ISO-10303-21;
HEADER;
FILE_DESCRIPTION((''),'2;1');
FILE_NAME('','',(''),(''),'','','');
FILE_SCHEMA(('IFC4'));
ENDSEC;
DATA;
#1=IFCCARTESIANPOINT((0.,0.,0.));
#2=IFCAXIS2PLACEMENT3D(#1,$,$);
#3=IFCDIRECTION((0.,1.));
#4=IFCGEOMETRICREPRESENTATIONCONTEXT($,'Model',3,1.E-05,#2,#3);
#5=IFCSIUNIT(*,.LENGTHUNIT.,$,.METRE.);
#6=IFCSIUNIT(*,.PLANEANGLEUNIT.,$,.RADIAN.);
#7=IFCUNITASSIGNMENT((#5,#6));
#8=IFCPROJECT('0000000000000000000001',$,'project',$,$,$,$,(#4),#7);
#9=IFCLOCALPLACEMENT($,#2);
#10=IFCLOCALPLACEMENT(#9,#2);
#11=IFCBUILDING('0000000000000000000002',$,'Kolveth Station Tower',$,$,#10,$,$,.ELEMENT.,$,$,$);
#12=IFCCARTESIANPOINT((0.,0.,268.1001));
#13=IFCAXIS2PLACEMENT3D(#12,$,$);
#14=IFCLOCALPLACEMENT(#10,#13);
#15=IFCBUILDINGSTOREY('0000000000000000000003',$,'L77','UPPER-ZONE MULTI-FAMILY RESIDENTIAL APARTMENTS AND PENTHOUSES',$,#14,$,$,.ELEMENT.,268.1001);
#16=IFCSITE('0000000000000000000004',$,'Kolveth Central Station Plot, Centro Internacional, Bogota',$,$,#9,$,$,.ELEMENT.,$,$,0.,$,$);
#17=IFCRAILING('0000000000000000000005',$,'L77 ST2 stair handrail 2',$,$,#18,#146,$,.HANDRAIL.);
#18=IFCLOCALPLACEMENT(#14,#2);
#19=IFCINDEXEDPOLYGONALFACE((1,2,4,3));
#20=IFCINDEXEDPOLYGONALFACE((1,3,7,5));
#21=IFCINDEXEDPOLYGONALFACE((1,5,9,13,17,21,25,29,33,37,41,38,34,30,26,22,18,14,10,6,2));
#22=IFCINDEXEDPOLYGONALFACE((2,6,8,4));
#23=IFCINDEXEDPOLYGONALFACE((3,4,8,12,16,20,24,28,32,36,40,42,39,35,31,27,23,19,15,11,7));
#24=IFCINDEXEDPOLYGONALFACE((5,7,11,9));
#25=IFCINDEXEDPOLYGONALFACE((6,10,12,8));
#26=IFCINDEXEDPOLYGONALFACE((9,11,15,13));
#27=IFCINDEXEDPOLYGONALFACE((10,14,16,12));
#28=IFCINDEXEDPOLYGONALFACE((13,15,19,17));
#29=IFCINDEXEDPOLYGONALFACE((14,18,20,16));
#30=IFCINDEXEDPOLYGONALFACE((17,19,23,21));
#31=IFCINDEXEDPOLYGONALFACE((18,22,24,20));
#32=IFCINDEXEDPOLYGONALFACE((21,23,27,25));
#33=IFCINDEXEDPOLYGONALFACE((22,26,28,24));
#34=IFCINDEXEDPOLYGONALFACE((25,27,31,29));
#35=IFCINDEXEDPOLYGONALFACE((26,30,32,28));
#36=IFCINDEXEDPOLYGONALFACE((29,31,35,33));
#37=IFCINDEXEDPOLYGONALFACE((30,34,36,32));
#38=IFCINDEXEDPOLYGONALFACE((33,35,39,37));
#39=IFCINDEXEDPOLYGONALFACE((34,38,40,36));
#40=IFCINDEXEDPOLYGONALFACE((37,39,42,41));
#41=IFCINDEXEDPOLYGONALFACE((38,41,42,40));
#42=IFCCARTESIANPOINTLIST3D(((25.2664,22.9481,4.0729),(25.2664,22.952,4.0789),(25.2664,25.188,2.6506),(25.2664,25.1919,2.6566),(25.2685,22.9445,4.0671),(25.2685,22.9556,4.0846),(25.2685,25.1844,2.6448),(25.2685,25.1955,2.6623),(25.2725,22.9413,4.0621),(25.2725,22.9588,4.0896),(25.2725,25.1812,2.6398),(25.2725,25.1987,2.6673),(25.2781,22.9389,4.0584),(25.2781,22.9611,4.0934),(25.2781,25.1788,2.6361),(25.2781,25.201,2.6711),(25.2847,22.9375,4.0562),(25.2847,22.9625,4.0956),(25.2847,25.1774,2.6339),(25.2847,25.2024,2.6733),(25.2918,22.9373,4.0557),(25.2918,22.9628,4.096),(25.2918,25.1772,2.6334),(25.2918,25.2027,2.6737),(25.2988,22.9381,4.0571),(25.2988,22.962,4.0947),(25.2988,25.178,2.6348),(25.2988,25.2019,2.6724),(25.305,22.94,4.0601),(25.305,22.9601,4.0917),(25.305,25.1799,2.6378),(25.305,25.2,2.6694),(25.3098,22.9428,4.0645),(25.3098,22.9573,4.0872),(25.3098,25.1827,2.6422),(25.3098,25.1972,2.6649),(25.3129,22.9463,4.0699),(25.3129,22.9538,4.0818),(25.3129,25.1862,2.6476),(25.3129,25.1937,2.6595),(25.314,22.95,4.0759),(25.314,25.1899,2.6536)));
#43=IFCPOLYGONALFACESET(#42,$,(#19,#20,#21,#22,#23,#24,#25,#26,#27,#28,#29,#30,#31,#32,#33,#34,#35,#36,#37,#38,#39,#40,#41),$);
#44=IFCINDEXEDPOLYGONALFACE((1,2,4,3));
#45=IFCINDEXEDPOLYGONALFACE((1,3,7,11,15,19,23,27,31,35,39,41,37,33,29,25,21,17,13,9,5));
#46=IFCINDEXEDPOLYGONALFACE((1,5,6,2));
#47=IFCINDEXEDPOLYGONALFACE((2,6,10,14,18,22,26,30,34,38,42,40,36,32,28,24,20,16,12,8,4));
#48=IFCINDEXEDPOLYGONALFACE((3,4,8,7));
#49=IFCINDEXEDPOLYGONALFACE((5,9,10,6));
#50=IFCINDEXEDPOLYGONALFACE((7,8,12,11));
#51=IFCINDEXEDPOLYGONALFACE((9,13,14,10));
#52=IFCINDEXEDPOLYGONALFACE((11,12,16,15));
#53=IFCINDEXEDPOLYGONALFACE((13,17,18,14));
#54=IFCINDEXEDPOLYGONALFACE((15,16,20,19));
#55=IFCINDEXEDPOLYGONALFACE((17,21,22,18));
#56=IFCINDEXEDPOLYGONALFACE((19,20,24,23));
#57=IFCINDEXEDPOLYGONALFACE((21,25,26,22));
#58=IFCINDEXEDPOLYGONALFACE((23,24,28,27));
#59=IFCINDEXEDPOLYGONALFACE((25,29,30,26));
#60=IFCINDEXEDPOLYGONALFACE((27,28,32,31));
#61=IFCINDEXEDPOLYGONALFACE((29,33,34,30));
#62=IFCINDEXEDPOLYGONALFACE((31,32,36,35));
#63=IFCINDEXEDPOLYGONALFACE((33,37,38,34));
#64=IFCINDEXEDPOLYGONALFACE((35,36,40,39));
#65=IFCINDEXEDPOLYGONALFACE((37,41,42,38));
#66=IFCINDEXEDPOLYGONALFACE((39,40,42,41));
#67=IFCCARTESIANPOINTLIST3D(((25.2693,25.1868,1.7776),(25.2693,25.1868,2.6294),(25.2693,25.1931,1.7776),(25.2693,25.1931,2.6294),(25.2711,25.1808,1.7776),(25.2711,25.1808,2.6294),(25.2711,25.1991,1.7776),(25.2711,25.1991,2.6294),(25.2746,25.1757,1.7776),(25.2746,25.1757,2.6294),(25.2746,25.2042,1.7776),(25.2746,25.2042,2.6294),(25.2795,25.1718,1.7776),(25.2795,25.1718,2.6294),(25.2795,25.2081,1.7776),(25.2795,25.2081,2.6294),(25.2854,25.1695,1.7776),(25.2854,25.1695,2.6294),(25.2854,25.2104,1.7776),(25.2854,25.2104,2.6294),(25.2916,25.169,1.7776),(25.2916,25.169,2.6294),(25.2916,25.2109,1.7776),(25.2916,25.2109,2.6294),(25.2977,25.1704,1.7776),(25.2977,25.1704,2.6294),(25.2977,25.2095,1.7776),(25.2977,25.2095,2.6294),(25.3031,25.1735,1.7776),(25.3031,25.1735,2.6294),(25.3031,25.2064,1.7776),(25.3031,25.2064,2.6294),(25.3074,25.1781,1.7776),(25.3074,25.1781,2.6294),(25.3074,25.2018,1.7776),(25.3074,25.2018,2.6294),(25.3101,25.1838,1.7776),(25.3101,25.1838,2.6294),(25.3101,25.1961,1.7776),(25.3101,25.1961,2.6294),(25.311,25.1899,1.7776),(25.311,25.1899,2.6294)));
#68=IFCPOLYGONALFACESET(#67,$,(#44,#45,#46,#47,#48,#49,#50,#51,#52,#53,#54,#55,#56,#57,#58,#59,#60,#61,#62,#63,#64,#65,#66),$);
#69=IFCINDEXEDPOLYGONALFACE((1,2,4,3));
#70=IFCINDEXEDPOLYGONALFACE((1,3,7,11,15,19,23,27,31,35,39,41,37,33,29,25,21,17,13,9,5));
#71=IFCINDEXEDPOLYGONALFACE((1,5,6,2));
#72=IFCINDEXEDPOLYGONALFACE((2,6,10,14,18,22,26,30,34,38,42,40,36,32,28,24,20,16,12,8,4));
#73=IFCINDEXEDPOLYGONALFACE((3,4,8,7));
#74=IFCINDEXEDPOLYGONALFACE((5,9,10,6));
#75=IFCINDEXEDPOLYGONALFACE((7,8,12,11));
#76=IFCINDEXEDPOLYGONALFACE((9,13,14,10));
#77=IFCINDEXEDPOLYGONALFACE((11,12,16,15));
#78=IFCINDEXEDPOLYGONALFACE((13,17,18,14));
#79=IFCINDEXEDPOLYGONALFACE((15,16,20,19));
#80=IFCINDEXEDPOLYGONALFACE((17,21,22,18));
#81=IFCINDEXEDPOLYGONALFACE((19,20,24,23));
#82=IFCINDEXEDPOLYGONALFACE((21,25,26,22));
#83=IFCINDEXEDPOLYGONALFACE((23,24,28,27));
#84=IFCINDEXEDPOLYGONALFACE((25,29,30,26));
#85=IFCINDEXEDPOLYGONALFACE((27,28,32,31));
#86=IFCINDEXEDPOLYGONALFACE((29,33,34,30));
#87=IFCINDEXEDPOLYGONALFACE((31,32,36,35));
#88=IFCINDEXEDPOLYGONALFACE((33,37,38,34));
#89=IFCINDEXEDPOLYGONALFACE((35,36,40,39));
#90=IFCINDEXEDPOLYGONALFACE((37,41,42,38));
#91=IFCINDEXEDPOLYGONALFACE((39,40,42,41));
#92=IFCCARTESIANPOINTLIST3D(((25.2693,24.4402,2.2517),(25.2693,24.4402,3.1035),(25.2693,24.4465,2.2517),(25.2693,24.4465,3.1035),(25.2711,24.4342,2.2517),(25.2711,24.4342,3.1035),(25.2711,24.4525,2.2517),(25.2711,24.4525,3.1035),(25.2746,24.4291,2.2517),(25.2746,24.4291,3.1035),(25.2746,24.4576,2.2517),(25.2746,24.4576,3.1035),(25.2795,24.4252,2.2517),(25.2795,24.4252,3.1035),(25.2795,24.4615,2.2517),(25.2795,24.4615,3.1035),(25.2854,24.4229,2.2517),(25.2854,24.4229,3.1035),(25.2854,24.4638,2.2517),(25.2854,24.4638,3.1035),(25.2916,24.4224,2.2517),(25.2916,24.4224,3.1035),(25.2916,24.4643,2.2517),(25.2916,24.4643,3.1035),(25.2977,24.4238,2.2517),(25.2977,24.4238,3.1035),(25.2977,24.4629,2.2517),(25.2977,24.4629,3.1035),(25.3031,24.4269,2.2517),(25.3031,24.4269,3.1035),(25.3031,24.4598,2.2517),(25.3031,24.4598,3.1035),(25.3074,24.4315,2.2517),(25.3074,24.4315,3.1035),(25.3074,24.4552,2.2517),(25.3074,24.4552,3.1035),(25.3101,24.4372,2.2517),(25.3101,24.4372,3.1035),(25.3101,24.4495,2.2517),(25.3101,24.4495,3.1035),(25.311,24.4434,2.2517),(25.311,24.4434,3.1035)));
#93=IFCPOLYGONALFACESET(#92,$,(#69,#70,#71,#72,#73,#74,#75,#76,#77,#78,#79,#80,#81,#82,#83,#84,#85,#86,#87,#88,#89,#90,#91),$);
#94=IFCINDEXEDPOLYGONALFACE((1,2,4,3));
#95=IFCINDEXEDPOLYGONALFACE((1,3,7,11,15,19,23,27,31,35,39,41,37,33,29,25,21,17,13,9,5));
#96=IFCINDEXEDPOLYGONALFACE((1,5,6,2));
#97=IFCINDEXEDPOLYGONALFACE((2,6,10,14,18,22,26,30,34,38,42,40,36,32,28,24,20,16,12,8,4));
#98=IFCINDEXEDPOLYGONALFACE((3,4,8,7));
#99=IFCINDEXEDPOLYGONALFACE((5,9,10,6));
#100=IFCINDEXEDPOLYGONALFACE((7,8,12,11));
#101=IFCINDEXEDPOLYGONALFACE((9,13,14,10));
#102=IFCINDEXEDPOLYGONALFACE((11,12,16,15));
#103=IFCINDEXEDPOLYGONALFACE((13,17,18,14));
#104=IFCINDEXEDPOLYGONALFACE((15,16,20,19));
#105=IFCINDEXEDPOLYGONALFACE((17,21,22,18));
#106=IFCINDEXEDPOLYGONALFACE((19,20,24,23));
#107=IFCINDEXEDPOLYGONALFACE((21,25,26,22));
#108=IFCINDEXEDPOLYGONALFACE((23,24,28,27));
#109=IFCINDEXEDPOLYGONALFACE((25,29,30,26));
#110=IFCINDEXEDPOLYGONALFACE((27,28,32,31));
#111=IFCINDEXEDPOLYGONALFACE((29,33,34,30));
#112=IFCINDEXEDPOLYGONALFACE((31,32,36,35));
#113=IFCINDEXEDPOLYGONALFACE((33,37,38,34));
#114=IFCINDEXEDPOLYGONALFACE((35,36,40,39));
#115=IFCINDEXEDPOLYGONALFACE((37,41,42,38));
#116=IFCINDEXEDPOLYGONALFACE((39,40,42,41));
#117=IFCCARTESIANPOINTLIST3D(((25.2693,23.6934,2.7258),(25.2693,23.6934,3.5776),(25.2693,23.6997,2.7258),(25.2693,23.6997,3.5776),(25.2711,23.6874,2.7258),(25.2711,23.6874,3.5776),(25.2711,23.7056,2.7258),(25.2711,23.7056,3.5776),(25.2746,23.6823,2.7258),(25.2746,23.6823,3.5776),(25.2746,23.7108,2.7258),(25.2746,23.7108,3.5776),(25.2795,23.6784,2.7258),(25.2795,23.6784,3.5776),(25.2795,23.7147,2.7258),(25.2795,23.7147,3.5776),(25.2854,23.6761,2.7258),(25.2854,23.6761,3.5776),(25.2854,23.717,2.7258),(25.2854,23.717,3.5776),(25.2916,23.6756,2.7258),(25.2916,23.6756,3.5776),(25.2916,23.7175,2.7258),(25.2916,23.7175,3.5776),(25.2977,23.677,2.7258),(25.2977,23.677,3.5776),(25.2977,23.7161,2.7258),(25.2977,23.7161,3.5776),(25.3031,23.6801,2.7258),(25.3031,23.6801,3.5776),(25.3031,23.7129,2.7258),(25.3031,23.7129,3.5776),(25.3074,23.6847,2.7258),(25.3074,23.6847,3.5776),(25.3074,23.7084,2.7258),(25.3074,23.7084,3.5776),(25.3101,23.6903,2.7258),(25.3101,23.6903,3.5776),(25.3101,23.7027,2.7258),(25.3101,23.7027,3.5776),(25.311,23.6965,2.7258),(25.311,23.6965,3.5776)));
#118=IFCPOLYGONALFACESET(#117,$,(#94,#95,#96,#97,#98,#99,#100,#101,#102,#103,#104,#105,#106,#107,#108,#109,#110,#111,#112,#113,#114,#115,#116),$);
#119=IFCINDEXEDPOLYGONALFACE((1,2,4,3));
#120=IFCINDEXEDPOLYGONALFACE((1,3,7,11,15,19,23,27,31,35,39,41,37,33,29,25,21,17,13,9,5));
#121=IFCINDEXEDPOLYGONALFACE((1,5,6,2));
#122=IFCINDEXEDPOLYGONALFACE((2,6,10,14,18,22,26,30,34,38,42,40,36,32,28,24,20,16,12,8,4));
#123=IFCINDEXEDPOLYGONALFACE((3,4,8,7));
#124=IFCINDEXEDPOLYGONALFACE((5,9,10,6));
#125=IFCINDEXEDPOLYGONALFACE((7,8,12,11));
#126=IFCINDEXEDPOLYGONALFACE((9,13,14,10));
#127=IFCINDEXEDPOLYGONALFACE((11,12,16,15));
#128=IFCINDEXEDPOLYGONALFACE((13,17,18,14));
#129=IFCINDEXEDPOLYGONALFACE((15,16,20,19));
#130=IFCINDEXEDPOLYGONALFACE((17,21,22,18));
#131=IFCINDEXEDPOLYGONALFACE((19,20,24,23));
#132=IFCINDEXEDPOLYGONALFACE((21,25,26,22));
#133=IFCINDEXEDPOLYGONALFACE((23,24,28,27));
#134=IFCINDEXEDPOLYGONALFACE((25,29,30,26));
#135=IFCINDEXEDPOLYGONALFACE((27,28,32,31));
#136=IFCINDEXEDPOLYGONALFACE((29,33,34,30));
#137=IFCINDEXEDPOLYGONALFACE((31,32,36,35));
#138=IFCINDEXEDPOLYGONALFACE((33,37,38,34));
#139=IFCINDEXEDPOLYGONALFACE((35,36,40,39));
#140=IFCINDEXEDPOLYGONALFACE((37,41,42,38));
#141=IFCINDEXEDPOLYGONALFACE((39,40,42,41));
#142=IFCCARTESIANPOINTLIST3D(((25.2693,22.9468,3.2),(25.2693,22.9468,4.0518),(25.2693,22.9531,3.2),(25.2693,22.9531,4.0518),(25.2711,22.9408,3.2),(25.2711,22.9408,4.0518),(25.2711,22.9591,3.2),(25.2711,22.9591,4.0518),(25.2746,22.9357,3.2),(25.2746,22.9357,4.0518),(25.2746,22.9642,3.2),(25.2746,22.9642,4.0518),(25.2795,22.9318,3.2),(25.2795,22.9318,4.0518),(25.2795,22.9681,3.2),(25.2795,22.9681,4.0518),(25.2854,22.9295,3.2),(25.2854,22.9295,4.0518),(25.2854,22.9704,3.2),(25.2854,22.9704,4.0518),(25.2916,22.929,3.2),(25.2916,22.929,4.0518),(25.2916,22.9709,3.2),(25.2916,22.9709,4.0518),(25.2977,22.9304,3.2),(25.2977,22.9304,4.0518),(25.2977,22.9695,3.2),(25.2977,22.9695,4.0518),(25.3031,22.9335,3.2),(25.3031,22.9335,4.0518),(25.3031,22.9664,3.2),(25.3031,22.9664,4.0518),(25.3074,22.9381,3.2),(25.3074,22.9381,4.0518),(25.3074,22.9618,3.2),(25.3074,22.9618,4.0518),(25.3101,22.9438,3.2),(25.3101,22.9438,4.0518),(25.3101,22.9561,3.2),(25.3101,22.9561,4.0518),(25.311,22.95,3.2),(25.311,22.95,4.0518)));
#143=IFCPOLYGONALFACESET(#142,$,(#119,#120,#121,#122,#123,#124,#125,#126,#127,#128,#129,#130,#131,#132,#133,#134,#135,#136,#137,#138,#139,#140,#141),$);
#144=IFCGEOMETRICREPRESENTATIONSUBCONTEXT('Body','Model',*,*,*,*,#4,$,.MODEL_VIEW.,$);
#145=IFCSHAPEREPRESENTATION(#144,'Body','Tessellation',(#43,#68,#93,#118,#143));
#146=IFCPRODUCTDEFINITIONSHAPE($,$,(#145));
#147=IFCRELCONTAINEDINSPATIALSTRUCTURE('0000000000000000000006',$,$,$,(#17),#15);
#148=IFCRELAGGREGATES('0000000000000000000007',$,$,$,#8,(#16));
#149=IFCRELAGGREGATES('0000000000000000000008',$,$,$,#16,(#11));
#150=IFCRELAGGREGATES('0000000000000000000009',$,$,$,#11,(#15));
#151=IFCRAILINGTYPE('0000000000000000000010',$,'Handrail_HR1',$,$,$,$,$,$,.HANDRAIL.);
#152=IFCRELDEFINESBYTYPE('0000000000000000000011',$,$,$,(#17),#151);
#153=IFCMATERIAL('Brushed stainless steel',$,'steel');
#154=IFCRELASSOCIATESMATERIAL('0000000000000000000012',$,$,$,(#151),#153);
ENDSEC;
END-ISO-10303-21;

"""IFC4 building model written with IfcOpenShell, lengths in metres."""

from ifc_helpers import new_model, si_unit, direction, frame, origin, origin_2d, place, context, subcontext, project, spatial, circle, extrude, material, type_object, element, save


model = new_model("IFC4")

# Units and contexts
model_context = context("Model", 3, precision=1e-05, world=origin(), true_north=direction((0.0, 1.0)))
body_context = subcontext(model_context, "Body", "Model", "MODEL_VIEW")
ifc_project = project(units=[si_unit("LENGTHUNIT", "METRE"), si_unit("PLANEANGLEUNIT", "RADIAN")], contexts=[model_context])

# Site, building, storey
site_placement = place(None, origin())
site = spatial("IfcSite", under=ifc_project, at=site_placement, Name="Kolveth Central Station Plot, Centro Internacional, Bogota", CompositionType="ELEMENT", RefElevation=0.0)
building_placement = place(site_placement, origin())
building = spatial("IfcBuilding", under=site, at=building_placement, Name="Kolveth Station Tower", CompositionType="ELEMENT")
storey_placement = place(building_placement, frame((0.0, 0.0, 268.1001)))
storey = spatial("IfcBuildingStorey", under=building, at=storey_placement, Name="L77", Description="UPPER-ZONE MULTI-FAMILY RESIDENTIAL APARTMENTS AND PENTHOUSES", CompositionType="ELEMENT", Elevation=268.1001)

# Railing
ifc_material_1 = material(Name="Brushed stainless steel", Category="steel")
railing_type_1 = type_object("IfcRailingType", Name="Handrail_HR1", PredefinedType="HANDRAIL", material=ifc_material_1)
railing_1_placement = place(storey_placement, frame((25.29, 25.1899, 1.7776)))
element("IfcRailing", 1, at=railing_1_placement, inside=storey, type_object=railing_type_1, Name="L77 ST2 stair handrail 2", PredefinedType="HANDRAIL", context=body_context, shape_type="SweptSolid", body=[
    extrude(circle(Radius=0.0239, at=origin_2d()), frame((0.0, 0.0, 0.876), z_axis=(0.0, -0.844188, 0.536048), x_axis=(1.0, 0.0, 0.0)), (0.0, 0.0, 1.0), 2.6533),
    extrude(circle(Radius=0.021, at=origin_2d()), origin(), (0.0, 0.0, 1.0), 0.8518),
    extrude(circle(Radius=0.021, at=origin_2d()), frame((0.0, -0.7466, 0.4741)), (0.0, 0.0, 1.0), 0.8518),
    extrude(circle(Radius=0.021, at=origin_2d()), frame((0.0, -1.4934, 0.9482)), (0.0, 0.0, 1.0), 0.8518),
    extrude(circle(Radius=0.021, at=origin_2d()), frame((0.0, -2.24, 1.4224)), (0.0, 0.0, 1.0), 0.8518),
])

save(model, "model.ifc")
